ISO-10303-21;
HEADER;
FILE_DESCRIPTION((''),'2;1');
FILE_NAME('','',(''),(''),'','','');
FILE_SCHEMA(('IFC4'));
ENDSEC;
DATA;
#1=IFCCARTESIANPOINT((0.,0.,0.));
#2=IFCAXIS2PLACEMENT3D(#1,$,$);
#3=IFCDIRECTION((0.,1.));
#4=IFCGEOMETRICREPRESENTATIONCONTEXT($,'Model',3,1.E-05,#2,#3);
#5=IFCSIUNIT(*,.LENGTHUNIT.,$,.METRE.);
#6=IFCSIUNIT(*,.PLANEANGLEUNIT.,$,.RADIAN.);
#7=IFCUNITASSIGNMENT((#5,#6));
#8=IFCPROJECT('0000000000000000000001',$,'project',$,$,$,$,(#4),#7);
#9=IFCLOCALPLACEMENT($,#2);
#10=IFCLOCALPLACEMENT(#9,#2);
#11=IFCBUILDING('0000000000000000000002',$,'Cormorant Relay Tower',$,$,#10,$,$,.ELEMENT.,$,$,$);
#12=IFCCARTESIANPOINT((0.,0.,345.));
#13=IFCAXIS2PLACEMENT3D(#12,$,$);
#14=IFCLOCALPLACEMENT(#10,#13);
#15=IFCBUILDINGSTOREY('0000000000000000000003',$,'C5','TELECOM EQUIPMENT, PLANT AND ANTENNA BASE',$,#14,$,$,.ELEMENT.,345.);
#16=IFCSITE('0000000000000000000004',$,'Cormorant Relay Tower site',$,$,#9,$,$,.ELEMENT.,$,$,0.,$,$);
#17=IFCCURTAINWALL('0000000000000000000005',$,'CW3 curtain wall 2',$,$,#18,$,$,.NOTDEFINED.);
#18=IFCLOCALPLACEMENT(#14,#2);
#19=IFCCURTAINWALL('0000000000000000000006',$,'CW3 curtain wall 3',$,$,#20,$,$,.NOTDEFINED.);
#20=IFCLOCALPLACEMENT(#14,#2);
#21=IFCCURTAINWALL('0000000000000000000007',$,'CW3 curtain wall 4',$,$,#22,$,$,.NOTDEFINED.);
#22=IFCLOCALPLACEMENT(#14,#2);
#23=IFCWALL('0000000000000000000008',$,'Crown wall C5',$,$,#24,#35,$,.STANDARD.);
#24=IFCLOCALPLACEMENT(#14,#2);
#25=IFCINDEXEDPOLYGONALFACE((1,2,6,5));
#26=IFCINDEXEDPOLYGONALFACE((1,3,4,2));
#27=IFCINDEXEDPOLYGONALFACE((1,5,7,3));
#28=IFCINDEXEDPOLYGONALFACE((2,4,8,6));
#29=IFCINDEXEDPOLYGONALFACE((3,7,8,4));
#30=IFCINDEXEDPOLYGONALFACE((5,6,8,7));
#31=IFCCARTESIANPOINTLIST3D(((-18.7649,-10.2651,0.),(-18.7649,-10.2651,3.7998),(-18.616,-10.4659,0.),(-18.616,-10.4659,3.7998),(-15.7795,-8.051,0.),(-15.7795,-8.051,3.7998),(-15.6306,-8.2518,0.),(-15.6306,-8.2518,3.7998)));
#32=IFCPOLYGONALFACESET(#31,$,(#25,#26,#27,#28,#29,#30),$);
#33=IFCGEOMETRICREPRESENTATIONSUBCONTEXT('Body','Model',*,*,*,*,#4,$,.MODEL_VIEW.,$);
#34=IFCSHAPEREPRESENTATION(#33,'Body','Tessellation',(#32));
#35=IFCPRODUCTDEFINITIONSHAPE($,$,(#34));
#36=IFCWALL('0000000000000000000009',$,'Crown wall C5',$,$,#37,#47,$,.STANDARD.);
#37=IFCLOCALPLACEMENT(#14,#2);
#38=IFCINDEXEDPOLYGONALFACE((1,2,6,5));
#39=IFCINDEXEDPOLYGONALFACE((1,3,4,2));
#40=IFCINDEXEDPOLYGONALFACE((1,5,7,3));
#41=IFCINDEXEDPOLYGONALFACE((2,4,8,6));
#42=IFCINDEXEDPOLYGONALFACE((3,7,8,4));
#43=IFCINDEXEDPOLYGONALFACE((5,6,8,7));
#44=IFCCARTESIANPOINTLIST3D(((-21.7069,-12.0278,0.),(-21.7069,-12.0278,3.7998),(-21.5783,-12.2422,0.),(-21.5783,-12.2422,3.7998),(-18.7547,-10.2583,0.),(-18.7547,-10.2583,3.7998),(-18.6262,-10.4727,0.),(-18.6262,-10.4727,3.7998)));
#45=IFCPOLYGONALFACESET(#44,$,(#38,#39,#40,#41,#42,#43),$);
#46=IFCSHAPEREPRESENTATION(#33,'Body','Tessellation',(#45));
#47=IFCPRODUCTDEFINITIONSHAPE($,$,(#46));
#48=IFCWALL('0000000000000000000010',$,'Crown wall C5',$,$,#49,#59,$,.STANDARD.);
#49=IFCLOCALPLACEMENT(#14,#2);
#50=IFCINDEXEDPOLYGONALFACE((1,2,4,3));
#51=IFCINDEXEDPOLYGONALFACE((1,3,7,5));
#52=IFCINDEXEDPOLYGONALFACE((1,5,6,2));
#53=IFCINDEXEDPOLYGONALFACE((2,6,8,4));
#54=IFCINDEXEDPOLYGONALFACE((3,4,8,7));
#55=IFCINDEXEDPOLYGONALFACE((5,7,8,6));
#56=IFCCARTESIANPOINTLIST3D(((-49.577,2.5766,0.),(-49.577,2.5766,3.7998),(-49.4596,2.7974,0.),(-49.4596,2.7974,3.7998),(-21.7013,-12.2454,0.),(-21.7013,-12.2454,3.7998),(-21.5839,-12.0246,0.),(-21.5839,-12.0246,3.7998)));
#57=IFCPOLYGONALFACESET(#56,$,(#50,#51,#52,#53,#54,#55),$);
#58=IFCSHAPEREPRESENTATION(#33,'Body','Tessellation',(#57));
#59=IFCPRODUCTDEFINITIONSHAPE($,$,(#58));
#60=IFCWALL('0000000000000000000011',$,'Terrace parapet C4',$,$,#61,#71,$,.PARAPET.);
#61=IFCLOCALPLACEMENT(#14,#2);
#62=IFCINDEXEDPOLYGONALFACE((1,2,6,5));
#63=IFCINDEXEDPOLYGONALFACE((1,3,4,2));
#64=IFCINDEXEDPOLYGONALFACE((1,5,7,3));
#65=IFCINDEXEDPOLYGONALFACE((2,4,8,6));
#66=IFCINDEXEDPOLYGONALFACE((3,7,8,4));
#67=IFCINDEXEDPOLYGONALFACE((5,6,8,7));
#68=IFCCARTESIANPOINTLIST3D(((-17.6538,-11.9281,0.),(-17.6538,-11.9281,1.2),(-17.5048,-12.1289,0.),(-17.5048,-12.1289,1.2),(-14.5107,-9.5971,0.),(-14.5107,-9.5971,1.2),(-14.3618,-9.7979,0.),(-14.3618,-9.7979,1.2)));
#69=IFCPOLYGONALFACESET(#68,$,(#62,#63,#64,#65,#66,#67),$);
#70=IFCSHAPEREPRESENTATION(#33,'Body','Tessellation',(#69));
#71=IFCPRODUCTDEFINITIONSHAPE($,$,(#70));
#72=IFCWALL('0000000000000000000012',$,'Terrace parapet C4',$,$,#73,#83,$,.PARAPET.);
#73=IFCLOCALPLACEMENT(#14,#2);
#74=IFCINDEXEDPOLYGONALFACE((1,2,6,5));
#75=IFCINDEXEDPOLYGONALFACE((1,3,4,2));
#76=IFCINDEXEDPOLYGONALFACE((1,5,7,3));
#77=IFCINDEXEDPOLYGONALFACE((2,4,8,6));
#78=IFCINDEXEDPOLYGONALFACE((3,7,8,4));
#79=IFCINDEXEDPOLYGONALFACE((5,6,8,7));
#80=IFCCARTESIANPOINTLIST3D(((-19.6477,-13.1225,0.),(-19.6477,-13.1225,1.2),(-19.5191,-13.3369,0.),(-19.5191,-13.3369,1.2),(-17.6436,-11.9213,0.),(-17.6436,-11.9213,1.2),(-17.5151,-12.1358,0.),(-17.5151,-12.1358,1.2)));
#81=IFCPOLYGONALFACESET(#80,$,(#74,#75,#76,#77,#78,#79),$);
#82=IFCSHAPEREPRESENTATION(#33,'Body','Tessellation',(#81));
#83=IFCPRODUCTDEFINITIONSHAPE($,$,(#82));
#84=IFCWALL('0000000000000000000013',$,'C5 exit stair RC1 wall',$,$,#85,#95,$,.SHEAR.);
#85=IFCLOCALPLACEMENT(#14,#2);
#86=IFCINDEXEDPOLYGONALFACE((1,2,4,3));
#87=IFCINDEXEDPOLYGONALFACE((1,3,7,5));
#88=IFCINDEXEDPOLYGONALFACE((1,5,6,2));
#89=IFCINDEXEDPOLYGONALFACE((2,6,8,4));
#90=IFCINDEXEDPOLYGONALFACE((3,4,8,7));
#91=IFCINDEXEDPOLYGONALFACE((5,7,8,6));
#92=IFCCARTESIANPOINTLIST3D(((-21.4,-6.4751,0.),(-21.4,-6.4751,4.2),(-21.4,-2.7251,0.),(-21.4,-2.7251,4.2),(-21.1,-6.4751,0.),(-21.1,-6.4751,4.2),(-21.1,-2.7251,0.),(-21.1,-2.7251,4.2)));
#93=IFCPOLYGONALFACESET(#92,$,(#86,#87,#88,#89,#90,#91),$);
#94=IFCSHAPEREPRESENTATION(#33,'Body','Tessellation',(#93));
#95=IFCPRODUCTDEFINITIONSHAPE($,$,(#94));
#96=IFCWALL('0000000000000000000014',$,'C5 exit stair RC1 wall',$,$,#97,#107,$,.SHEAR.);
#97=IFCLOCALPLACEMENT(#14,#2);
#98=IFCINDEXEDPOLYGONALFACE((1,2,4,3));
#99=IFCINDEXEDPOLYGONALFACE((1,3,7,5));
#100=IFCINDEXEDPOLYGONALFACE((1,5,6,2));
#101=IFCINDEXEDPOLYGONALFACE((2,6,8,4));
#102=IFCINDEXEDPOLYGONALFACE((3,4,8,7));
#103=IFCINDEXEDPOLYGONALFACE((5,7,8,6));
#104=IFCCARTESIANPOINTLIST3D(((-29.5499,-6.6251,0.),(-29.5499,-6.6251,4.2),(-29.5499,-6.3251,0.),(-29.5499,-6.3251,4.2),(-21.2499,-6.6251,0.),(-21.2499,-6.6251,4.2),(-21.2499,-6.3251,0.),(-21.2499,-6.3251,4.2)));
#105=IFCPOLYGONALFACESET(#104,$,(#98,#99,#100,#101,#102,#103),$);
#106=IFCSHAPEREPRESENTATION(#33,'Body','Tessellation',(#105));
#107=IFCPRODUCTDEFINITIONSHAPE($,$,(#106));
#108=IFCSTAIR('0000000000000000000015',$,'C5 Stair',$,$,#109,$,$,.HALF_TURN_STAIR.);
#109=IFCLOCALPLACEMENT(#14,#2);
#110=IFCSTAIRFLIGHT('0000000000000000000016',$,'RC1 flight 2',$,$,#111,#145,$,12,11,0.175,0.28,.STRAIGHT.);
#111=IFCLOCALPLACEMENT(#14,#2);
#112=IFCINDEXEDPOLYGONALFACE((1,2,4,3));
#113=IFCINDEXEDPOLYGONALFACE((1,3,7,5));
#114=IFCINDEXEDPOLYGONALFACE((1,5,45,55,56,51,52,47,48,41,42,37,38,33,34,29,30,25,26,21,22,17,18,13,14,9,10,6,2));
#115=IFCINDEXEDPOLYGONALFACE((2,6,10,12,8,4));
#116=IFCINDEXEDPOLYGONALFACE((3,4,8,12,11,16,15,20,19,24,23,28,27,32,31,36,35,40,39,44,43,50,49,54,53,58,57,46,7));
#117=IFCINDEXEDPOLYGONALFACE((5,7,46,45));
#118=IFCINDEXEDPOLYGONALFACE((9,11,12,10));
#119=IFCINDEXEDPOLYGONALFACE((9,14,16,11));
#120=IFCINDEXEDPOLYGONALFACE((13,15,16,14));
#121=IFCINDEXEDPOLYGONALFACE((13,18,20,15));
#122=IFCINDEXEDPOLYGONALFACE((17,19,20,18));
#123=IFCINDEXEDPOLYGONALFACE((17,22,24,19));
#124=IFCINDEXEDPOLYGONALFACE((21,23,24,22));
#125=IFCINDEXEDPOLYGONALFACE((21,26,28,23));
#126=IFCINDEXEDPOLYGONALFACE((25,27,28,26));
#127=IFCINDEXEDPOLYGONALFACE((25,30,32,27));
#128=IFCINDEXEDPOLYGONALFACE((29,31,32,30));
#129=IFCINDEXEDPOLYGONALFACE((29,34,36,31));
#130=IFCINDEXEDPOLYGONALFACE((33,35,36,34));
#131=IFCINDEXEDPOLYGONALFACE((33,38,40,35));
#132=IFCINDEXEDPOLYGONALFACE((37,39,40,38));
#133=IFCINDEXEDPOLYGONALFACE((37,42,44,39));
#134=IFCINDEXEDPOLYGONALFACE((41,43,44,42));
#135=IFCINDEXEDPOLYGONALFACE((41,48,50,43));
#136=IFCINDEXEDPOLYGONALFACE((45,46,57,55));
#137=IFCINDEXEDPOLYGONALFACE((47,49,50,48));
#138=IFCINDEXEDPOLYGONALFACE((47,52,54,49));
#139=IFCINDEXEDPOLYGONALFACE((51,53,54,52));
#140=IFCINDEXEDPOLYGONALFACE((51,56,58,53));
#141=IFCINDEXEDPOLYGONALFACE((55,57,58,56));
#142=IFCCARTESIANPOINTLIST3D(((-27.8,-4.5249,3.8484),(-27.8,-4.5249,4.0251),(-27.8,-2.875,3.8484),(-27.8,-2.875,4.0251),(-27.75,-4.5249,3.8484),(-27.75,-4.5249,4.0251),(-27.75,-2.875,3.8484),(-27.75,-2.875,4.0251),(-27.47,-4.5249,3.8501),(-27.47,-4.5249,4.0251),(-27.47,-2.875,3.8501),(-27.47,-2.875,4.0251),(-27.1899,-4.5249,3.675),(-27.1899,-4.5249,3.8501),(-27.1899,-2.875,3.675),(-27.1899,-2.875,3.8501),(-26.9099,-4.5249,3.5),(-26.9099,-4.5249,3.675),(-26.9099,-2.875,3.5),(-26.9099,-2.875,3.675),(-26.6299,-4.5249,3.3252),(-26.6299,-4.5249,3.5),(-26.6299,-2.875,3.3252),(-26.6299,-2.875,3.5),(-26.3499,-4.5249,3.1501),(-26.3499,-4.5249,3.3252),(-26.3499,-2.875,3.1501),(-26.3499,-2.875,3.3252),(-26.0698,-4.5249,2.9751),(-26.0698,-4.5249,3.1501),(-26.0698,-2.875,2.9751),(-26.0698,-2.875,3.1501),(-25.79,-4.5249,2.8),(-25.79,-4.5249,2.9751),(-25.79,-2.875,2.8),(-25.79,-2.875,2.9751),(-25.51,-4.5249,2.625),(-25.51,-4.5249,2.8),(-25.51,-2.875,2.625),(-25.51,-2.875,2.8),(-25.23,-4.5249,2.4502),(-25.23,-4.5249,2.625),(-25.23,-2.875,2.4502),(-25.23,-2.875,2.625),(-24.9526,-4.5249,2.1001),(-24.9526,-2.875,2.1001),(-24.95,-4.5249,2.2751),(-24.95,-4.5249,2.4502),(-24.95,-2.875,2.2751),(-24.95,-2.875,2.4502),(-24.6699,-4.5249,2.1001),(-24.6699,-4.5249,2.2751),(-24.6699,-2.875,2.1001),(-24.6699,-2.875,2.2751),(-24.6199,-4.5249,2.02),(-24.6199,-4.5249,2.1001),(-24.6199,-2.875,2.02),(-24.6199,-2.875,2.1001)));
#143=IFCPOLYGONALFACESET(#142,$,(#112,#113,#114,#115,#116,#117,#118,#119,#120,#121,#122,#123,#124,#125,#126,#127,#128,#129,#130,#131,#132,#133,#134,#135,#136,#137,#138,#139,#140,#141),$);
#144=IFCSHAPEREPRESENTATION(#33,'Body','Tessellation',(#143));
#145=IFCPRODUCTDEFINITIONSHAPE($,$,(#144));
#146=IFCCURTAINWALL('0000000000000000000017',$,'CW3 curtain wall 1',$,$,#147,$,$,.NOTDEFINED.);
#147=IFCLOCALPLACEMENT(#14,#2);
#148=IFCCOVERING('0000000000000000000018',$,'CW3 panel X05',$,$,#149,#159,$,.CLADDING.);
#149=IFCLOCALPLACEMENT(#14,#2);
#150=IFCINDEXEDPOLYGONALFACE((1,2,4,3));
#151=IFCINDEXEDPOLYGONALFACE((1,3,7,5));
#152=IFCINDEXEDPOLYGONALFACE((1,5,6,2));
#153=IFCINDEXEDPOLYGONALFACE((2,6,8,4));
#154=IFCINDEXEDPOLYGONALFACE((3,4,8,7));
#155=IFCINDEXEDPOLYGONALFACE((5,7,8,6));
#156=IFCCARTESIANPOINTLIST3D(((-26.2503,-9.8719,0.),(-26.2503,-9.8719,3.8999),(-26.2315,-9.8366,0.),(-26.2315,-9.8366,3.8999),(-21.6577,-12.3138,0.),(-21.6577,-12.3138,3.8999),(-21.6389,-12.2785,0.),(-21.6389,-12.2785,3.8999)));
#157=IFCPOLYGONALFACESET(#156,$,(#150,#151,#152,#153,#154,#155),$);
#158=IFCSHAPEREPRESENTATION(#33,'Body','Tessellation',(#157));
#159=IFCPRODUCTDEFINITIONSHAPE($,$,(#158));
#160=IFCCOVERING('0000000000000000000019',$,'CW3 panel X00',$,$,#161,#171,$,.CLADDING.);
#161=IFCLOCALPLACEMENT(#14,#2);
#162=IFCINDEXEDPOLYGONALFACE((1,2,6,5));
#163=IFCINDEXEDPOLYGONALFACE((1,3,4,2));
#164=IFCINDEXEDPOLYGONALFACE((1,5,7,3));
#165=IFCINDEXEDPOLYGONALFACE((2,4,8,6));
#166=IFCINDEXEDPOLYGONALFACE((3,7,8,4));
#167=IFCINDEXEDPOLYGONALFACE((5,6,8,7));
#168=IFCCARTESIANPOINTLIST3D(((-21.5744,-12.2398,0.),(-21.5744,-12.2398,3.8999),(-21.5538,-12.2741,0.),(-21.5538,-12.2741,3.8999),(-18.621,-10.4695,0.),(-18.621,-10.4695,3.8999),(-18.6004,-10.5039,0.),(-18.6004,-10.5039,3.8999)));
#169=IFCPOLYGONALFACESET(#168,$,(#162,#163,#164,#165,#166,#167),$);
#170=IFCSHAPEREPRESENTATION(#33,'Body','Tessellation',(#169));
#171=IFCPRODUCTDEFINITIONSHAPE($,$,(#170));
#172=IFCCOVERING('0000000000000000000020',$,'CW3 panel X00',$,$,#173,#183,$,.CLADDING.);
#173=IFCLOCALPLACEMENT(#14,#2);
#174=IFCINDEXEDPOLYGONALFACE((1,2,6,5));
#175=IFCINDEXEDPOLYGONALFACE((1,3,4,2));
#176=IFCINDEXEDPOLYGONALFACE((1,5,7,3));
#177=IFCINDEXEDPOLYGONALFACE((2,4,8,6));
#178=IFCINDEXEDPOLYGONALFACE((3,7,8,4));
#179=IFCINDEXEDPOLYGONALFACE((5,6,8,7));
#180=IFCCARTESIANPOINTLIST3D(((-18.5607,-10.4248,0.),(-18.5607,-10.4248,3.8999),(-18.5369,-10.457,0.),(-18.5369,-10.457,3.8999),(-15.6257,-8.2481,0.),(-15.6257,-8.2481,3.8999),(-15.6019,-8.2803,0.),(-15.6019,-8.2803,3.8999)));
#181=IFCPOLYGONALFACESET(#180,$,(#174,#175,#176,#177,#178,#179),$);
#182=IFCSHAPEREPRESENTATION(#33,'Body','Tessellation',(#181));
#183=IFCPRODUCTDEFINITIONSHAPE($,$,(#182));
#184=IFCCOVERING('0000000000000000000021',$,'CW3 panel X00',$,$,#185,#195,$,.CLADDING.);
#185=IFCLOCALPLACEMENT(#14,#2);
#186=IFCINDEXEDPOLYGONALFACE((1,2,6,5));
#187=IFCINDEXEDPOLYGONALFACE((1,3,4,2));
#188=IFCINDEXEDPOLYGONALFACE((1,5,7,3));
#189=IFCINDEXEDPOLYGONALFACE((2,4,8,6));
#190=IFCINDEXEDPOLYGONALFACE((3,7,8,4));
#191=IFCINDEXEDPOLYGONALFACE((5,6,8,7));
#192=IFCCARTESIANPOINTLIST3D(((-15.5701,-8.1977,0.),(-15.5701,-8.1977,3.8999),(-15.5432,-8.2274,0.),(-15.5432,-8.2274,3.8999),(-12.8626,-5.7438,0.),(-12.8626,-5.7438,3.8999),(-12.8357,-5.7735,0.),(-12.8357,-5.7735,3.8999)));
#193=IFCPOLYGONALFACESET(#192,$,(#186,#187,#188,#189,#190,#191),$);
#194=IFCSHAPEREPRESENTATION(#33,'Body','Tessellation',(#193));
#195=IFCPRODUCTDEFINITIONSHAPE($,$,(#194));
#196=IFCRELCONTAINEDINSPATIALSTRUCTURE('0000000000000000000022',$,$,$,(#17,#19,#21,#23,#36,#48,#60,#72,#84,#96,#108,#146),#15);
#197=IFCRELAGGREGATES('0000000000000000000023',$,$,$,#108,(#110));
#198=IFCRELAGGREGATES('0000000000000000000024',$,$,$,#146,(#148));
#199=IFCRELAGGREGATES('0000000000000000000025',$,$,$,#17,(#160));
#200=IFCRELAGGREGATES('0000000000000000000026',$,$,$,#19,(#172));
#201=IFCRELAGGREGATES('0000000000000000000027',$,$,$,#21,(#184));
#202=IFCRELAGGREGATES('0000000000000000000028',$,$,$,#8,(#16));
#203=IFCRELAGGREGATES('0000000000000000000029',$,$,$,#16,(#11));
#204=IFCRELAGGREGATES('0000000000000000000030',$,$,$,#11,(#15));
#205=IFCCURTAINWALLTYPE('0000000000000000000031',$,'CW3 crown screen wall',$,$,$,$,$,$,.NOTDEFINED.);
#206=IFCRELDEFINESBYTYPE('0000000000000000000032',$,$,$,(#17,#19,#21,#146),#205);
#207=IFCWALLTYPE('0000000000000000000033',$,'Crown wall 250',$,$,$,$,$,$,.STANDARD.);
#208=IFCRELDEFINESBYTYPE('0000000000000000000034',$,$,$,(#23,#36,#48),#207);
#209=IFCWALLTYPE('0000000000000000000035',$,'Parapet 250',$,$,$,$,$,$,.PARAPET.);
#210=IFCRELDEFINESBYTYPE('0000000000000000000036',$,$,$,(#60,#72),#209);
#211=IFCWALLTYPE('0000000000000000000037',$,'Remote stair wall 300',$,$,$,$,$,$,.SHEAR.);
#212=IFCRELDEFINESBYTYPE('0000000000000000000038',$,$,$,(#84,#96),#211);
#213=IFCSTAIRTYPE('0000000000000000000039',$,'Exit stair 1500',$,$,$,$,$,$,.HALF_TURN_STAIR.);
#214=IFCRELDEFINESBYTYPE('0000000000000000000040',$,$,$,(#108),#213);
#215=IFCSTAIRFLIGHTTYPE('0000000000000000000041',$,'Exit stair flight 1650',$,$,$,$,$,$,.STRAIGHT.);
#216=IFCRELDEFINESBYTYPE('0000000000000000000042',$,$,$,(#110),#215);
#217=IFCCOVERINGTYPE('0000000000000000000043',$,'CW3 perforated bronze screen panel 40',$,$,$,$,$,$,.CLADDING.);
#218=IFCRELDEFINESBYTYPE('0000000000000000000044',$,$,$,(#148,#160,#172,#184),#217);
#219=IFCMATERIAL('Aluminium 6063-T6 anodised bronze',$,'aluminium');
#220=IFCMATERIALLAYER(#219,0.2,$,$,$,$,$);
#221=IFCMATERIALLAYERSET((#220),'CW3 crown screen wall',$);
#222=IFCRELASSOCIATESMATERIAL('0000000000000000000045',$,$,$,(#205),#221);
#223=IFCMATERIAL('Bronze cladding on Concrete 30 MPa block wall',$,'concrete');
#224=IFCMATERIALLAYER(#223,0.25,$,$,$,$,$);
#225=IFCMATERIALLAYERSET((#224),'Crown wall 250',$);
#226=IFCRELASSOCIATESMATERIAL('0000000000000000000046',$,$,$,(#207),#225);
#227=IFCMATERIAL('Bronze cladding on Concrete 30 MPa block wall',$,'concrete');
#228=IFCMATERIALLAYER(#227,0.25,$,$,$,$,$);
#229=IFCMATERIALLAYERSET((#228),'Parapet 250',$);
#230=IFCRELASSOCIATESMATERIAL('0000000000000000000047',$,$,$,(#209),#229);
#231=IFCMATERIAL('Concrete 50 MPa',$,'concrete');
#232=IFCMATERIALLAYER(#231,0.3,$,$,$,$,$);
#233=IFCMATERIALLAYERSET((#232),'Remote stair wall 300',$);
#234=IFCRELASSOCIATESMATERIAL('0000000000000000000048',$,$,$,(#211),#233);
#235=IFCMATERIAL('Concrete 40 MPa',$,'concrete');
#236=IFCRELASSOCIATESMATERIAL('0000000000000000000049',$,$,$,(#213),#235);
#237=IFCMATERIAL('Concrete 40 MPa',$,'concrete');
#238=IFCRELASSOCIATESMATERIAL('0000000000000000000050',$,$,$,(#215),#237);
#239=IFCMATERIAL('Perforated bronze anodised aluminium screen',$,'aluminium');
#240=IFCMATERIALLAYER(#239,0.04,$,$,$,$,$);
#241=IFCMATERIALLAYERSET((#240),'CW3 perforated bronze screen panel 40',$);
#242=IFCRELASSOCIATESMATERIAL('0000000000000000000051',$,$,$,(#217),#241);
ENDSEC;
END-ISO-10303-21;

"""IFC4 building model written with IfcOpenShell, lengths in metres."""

from ifc_helpers import new_model, si_unit, direction, frame, frame_2d, origin, origin_2d, place, context, subcontext, project, spatial, polyline, rectangle, outline, extrude, material, layer, layer_set, type_object, element, aggregate, save


model = new_model("IFC4")

# Units and contexts
model_context = context("Model", 3, precision=1e-05, world=origin(), true_north=direction((0.0, 1.0)))
body_context = subcontext(model_context, "Body", "Model", "MODEL_VIEW")
ifc_project = project(units=[si_unit("LENGTHUNIT", "METRE"), si_unit("PLANEANGLEUNIT", "RADIAN")], contexts=[model_context])

# Site, building, storey
site_placement = place(None, origin())
site = spatial("IfcSite", under=ifc_project, at=site_placement, Name="Cormorant Relay Tower site", CompositionType="ELEMENT", RefElevation=0.0)
building_placement = place(site_placement, origin())
building = spatial("IfcBuilding", under=site, at=building_placement, Name="Cormorant Relay Tower", CompositionType="ELEMENT")
storey_placement = place(building_placement, frame((0.0, 0.0, 345.0)))
storey = spatial("IfcBuildingStorey", under=building, at=storey_placement, Name="C5", Description="TELECOM EQUIPMENT, PLANT AND ANTENNA BASE", CompositionType="ELEMENT", Elevation=345.0)

# Curtain walls
ifc_material_1 = material(Name="Aluminium 6063-T6 anodised bronze", Category="aluminium")
ifc_layer_1 = layer(ifc_material_1, 0.2)
ifc_layer_set_1 = layer_set([ifc_layer_1], Name="CW3 crown screen wall")
curtain_wall_type = type_object("IfcCurtainWallType", Name="CW3 crown screen wall", PredefinedType="NOTDEFINED", material=ifc_layer_set_1)
curtain_wall_1_placement = place(storey_placement, origin())
curtain_wall_1 = element("IfcCurtainWall", 1, at=curtain_wall_1_placement, inside=storey, type_object=curtain_wall_type, Name="CW3 curtain wall 2", PredefinedType="NOTDEFINED")
curtain_wall_2_placement = place(storey_placement, origin())
curtain_wall_2 = element("IfcCurtainWall", 2, at=curtain_wall_2_placement, inside=storey, type_object=curtain_wall_type, Name="CW3 curtain wall 3", PredefinedType="NOTDEFINED")
curtain_wall_3_placement = place(storey_placement, origin())
curtain_wall_3 = element("IfcCurtainWall", 3, at=curtain_wall_3_placement, inside=storey, type_object=curtain_wall_type, Name="CW3 curtain wall 4", PredefinedType="NOTDEFINED")

# Walls
ifc_material_2 = material(Name="Bronze cladding on Concrete 30 MPa block wall", Category="concrete")
ifc_layer_2 = layer(ifc_material_2, 0.25)
ifc_layer_set_2 = layer_set([ifc_layer_2], Name="Crown wall 250")
wall_type_1 = type_object("IfcWallType", Name="Crown wall 250", PredefinedType="STANDARD", material=ifc_layer_set_2)
for number, where, z_axis, x_axis, name in (
    (4, (-15.7051, -8.1514, 0.0), (0.0, 0.0, 1.0), (-0.803204, -0.595703, 0.0), "Crown wall C5"),
):
    element("IfcWall", number, at=place(storey_placement, frame(where, z_axis=z_axis, x_axis=x_axis)), inside=storey, type_object=wall_type_1, Name=name, PredefinedType="STANDARD", context=body_context, shape_type="SweptSolid", body=[
        extrude(rectangle(XDim=3.7168, YDim=0.25, at=frame_2d((1.8584, 0.0))), origin(), (0.0, 0.0, 1.0), 3.7998),
    ])
wall_1_placement = place(storey_placement, frame((-18.6904, -10.3655, 0.0), z_axis=(0.0, 0.0, 1.0), x_axis=(-0.857718, -0.51412, 0.0)))
element("IfcWall", 5, at=wall_1_placement, inside=storey, type_object=wall_type_1, Name="Crown wall C5", PredefinedType="STANDARD", context=body_context, shape_type="SweptSolid", body=[
    extrude(rectangle(XDim=3.4419, YDim=0.25, at=frame_2d((1.7209, 0.0))), origin(), (0.0, 0.0, 1.0), 3.7998),
])
wall_2_placement = place(storey_placement, frame((-21.6426, -12.135, 0.0), z_axis=(0.0, 0.0, 1.0), x_axis=(-0.882945, 0.469477, 0.0)))
element("IfcWall", 6, at=wall_2_placement, inside=storey, type_object=wall_type_1, Name="Crown wall C5", PredefinedType="STANDARD", context=body_context, shape_type="SweptSolid", body=[
    extrude(rectangle(XDim=31.5713, YDim=0.25, at=frame_2d((15.7856, 0.0))), origin(), (0.0, 0.0, 1.0), 3.7998),
])
ifc_material_3 = material(Name="Bronze cladding on Concrete 30 MPa block wall", Category="concrete")
ifc_layer_3 = layer(ifc_material_3, 0.25)
ifc_layer_set_3 = layer_set([ifc_layer_3], Name="Parapet 250")
wall_type_2 = type_object("IfcWallType", Name="Parapet 250", PredefinedType="PARAPET", material=ifc_layer_set_3)
wall_3_placement = place(storey_placement, frame((-14.4363, -9.6975, 0.0), z_axis=(0.0, 0.0, 1.0), x_axis=(-0.803208, -0.595699, 0.0)))
element("IfcWall", 7, at=wall_3_placement, inside=storey, type_object=wall_type_2, Name="Terrace parapet C4", PredefinedType="PARAPET", context=body_context, shape_type="SweptSolid", body=[
    extrude(rectangle(XDim=3.9131, YDim=0.25, at=frame_2d((1.9565, 0.0))), origin(), (0.0, 0.0, 1.0), 1.2),
])
wall_4_placement = place(storey_placement, frame((-17.5793, -12.0286, 0.0), z_axis=(0.0, 0.0, 1.0), x_axis=(-0.857742, -0.514081, 0.0)))
element("IfcWall", 8, at=wall_4_placement, inside=storey, type_object=wall_type_2, Name="Terrace parapet C4", PredefinedType="PARAPET", context=body_context, shape_type="SweptSolid", body=[
    extrude(rectangle(XDim=2.3364, YDim=0.25, at=frame_2d((1.1682, 0.0))), origin(), (0.0, 0.0, 1.0), 1.2),
])
ifc_material_4 = material(Name="Concrete 50 MPa", Category="concrete")
ifc_layer_4 = layer(ifc_material_4, 0.3)
ifc_layer_set_4 = layer_set([ifc_layer_4], Name="Remote stair wall 300")
wall_type_3 = type_object("IfcWallType", Name="Remote stair wall 300", PredefinedType="SHEAR", material=ifc_layer_set_4)
wall_5_placement = place(storey_placement, frame((-21.25, -2.7251, 0.0), z_axis=(0.0, 0.0, 1.0), x_axis=(0.0, -1.0, 0.0)))
element("IfcWall", 9, at=wall_5_placement, inside=storey, type_object=wall_type_3, Name="C5 exit stair RC1 wall", PredefinedType="SHEAR", context=body_context, shape_type="SweptSolid", body=[
    extrude(rectangle(XDim=3.75, YDim=0.3, at=frame_2d((1.875, 0.0))), origin(), (0.0, 0.0, 1.0), 4.2),
])
wall_6_placement = place(storey_placement, frame((-21.25, -6.4751, 0.0), z_axis=(0.0, 0.0, 1.0), x_axis=(-1.0, 0.0, 0.0)))
element("IfcWall", 10, at=wall_6_placement, inside=storey, type_object=wall_type_3, Name="C5 exit stair RC1 wall", PredefinedType="SHEAR", context=body_context, shape_type="SweptSolid", body=[
    extrude(rectangle(XDim=8.3, YDim=0.3, at=frame_2d((4.1499, 0.0))), origin(), (0.0, 0.0, 1.0), 4.2),
])

# Stair, stair flight
ifc_material_5 = material(Name="Concrete 40 MPa", Category="concrete")
stair_type = type_object("IfcStairType", Name="Exit stair 1500", PredefinedType="HALF_TURN_STAIR", material=ifc_material_5)
stair_placement = place(storey_placement, origin())
stair = element("IfcStair", 11, at=stair_placement, inside=storey, type_object=stair_type, Name="C5 Stair", PredefinedType="HALF_TURN_STAIR")
ifc_material_6 = material(Name="Concrete 40 MPa", Category="concrete")
stair_flight_type = type_object("IfcStairFlightType", Name="Exit stair flight 1650", PredefinedType="STRAIGHT", material=ifc_material_6)
stair_flight_placement = place(storey_placement, frame((-24.6699, -3.7, 2.1001), z_axis=(0.0, 0.0, 1.0), x_axis=(-1.0, 0.0, 0.0)))
stair_flight = element("IfcStairFlight", 12, at=stair_flight_placement, type_object=stair_flight_type, Name="RC1 flight 2", NumberOfRisers=12, NumberOfTreads=11, PredefinedType="STRAIGHT", RiserHeight=0.175, TreadLength=0.28, context=body_context, shape_type="SweptSolid", body=[
    extrude(outline(polyline([(-0.05, -0.0801), (-0.05, 0.0), (0.0, 0.0), (0.0, 0.175), (0.28, 0.175), (0.28, 0.3501), (0.5601, 0.3501), (0.5601, 0.5249), (0.8401, 0.5249), (0.8401, 0.7), (1.1201, 0.7), (1.1201, 0.875), (1.3999, 0.875), (1.3999, 1.05), (1.6799, 1.05), (1.6799, 1.2251), (1.96, 1.2251), (1.96, 1.3999), (2.24, 1.3999), (2.24, 1.575), (2.52, 1.575), (2.52, 1.75), (2.8, 1.75), (2.8, 1.925), (3.0801, 1.925), (3.1301, 1.925), (3.1301, 1.7483), (3.0801, 1.7483), (0.2827, 0.0), (-0.05, -0.0801)])), frame((0.0, 0.825, 0.0), z_axis=(0.0, -1.0, 0.0), x_axis=(1.0, 0.0, 0.0)), (0.0, 0.0, 1.0), 1.6499),
])
aggregate(stair, [stair_flight])

# Curtain wall, covering
curtain_wall_4_placement = place(storey_placement, origin())
curtain_wall_4 = element("IfcCurtainWall", 13, at=curtain_wall_4_placement, inside=storey, type_object=curtain_wall_type, Name="CW3 curtain wall 1", PredefinedType="NOTDEFINED")
ifc_material_7 = material(Name="Perforated bronze anodised aluminium screen", Category="aluminium")
ifc_layer_5 = layer(ifc_material_7, 0.04)
ifc_layer_set_5 = layer_set([ifc_layer_5], Name="CW3 perforated bronze screen panel 40")
covering_type = type_object("IfcCoveringType", Name="CW3 perforated bronze screen panel 40", PredefinedType="CLADDING", material=ifc_layer_set_5)
covering_1_placement = place(storey_placement, frame((-23.9446, -11.0752, 0.0), z_axis=(0.0, 0.0, 1.0), x_axis=(0.882948, -0.469472, 0.0)))
covering_1 = element("IfcCovering", 14, at=covering_1_placement, type_object=covering_type, Name="CW3 panel X05", PredefinedType="CLADDING", context=body_context, shape_type="SweptSolid", body=[
    extrude(rectangle(XDim=5.2014, YDim=0.04, at=origin_2d()), origin(), (0.0, 0.0, 1.0), 3.8999),
])
aggregate(curtain_wall_4, [covering_1])

# Coverings
covering_2_placement = place(storey_placement, frame((-20.0874, -11.3718, 0.0), z_axis=(0.0, 0.0, 1.0), x_axis=(0.857729, 0.514103, 0.0)))
covering_2 = element("IfcCovering", 15, at=covering_2_placement, type_object=covering_type, Name="CW3 panel X00", PredefinedType="CLADDING", context=body_context, shape_type="SweptSolid", body=[
    extrude(rectangle(XDim=3.4434, YDim=0.04, at=origin_2d()), origin(), (0.0, 0.0, 1.0), 3.8999),
])
aggregate(curtain_wall_1, [covering_2])
covering_3_placement = place(storey_placement, frame((-17.0813, -9.3525, 0.0), z_axis=(0.0, 0.0, 1.0), x_axis=(0.803208, 0.595699, 0.0)))
covering_3 = element("IfcCovering", 16, at=covering_3_placement, type_object=covering_type, Name="CW3 panel X00", PredefinedType="CLADDING", context=body_context, shape_type="SweptSolid", body=[
    extrude(rectangle(XDim=3.6541, YDim=0.04, at=origin_2d()), origin(), (0.0, 0.0, 1.0), 3.8999),
])
aggregate(curtain_wall_2, [covering_3])
covering_4_placement = place(storey_placement, frame((-14.2029, -6.9856, 0.0), z_axis=(0.0, 0.0, 1.0), x_axis=(0.740951, 0.671559, 0.0)))
covering_4 = element("IfcCovering", 17, at=covering_4_placement, type_object=covering_type, Name="CW3 panel X00", PredefinedType="CLADDING", context=body_context, shape_type="SweptSolid", body=[
    extrude(rectangle(XDim=3.6541, YDim=0.04, at=origin_2d()), origin(), (0.0, 0.0, 1.0), 3.8999),
])
aggregate(curtain_wall_3, [covering_4])

save(model, "model.ifc")
